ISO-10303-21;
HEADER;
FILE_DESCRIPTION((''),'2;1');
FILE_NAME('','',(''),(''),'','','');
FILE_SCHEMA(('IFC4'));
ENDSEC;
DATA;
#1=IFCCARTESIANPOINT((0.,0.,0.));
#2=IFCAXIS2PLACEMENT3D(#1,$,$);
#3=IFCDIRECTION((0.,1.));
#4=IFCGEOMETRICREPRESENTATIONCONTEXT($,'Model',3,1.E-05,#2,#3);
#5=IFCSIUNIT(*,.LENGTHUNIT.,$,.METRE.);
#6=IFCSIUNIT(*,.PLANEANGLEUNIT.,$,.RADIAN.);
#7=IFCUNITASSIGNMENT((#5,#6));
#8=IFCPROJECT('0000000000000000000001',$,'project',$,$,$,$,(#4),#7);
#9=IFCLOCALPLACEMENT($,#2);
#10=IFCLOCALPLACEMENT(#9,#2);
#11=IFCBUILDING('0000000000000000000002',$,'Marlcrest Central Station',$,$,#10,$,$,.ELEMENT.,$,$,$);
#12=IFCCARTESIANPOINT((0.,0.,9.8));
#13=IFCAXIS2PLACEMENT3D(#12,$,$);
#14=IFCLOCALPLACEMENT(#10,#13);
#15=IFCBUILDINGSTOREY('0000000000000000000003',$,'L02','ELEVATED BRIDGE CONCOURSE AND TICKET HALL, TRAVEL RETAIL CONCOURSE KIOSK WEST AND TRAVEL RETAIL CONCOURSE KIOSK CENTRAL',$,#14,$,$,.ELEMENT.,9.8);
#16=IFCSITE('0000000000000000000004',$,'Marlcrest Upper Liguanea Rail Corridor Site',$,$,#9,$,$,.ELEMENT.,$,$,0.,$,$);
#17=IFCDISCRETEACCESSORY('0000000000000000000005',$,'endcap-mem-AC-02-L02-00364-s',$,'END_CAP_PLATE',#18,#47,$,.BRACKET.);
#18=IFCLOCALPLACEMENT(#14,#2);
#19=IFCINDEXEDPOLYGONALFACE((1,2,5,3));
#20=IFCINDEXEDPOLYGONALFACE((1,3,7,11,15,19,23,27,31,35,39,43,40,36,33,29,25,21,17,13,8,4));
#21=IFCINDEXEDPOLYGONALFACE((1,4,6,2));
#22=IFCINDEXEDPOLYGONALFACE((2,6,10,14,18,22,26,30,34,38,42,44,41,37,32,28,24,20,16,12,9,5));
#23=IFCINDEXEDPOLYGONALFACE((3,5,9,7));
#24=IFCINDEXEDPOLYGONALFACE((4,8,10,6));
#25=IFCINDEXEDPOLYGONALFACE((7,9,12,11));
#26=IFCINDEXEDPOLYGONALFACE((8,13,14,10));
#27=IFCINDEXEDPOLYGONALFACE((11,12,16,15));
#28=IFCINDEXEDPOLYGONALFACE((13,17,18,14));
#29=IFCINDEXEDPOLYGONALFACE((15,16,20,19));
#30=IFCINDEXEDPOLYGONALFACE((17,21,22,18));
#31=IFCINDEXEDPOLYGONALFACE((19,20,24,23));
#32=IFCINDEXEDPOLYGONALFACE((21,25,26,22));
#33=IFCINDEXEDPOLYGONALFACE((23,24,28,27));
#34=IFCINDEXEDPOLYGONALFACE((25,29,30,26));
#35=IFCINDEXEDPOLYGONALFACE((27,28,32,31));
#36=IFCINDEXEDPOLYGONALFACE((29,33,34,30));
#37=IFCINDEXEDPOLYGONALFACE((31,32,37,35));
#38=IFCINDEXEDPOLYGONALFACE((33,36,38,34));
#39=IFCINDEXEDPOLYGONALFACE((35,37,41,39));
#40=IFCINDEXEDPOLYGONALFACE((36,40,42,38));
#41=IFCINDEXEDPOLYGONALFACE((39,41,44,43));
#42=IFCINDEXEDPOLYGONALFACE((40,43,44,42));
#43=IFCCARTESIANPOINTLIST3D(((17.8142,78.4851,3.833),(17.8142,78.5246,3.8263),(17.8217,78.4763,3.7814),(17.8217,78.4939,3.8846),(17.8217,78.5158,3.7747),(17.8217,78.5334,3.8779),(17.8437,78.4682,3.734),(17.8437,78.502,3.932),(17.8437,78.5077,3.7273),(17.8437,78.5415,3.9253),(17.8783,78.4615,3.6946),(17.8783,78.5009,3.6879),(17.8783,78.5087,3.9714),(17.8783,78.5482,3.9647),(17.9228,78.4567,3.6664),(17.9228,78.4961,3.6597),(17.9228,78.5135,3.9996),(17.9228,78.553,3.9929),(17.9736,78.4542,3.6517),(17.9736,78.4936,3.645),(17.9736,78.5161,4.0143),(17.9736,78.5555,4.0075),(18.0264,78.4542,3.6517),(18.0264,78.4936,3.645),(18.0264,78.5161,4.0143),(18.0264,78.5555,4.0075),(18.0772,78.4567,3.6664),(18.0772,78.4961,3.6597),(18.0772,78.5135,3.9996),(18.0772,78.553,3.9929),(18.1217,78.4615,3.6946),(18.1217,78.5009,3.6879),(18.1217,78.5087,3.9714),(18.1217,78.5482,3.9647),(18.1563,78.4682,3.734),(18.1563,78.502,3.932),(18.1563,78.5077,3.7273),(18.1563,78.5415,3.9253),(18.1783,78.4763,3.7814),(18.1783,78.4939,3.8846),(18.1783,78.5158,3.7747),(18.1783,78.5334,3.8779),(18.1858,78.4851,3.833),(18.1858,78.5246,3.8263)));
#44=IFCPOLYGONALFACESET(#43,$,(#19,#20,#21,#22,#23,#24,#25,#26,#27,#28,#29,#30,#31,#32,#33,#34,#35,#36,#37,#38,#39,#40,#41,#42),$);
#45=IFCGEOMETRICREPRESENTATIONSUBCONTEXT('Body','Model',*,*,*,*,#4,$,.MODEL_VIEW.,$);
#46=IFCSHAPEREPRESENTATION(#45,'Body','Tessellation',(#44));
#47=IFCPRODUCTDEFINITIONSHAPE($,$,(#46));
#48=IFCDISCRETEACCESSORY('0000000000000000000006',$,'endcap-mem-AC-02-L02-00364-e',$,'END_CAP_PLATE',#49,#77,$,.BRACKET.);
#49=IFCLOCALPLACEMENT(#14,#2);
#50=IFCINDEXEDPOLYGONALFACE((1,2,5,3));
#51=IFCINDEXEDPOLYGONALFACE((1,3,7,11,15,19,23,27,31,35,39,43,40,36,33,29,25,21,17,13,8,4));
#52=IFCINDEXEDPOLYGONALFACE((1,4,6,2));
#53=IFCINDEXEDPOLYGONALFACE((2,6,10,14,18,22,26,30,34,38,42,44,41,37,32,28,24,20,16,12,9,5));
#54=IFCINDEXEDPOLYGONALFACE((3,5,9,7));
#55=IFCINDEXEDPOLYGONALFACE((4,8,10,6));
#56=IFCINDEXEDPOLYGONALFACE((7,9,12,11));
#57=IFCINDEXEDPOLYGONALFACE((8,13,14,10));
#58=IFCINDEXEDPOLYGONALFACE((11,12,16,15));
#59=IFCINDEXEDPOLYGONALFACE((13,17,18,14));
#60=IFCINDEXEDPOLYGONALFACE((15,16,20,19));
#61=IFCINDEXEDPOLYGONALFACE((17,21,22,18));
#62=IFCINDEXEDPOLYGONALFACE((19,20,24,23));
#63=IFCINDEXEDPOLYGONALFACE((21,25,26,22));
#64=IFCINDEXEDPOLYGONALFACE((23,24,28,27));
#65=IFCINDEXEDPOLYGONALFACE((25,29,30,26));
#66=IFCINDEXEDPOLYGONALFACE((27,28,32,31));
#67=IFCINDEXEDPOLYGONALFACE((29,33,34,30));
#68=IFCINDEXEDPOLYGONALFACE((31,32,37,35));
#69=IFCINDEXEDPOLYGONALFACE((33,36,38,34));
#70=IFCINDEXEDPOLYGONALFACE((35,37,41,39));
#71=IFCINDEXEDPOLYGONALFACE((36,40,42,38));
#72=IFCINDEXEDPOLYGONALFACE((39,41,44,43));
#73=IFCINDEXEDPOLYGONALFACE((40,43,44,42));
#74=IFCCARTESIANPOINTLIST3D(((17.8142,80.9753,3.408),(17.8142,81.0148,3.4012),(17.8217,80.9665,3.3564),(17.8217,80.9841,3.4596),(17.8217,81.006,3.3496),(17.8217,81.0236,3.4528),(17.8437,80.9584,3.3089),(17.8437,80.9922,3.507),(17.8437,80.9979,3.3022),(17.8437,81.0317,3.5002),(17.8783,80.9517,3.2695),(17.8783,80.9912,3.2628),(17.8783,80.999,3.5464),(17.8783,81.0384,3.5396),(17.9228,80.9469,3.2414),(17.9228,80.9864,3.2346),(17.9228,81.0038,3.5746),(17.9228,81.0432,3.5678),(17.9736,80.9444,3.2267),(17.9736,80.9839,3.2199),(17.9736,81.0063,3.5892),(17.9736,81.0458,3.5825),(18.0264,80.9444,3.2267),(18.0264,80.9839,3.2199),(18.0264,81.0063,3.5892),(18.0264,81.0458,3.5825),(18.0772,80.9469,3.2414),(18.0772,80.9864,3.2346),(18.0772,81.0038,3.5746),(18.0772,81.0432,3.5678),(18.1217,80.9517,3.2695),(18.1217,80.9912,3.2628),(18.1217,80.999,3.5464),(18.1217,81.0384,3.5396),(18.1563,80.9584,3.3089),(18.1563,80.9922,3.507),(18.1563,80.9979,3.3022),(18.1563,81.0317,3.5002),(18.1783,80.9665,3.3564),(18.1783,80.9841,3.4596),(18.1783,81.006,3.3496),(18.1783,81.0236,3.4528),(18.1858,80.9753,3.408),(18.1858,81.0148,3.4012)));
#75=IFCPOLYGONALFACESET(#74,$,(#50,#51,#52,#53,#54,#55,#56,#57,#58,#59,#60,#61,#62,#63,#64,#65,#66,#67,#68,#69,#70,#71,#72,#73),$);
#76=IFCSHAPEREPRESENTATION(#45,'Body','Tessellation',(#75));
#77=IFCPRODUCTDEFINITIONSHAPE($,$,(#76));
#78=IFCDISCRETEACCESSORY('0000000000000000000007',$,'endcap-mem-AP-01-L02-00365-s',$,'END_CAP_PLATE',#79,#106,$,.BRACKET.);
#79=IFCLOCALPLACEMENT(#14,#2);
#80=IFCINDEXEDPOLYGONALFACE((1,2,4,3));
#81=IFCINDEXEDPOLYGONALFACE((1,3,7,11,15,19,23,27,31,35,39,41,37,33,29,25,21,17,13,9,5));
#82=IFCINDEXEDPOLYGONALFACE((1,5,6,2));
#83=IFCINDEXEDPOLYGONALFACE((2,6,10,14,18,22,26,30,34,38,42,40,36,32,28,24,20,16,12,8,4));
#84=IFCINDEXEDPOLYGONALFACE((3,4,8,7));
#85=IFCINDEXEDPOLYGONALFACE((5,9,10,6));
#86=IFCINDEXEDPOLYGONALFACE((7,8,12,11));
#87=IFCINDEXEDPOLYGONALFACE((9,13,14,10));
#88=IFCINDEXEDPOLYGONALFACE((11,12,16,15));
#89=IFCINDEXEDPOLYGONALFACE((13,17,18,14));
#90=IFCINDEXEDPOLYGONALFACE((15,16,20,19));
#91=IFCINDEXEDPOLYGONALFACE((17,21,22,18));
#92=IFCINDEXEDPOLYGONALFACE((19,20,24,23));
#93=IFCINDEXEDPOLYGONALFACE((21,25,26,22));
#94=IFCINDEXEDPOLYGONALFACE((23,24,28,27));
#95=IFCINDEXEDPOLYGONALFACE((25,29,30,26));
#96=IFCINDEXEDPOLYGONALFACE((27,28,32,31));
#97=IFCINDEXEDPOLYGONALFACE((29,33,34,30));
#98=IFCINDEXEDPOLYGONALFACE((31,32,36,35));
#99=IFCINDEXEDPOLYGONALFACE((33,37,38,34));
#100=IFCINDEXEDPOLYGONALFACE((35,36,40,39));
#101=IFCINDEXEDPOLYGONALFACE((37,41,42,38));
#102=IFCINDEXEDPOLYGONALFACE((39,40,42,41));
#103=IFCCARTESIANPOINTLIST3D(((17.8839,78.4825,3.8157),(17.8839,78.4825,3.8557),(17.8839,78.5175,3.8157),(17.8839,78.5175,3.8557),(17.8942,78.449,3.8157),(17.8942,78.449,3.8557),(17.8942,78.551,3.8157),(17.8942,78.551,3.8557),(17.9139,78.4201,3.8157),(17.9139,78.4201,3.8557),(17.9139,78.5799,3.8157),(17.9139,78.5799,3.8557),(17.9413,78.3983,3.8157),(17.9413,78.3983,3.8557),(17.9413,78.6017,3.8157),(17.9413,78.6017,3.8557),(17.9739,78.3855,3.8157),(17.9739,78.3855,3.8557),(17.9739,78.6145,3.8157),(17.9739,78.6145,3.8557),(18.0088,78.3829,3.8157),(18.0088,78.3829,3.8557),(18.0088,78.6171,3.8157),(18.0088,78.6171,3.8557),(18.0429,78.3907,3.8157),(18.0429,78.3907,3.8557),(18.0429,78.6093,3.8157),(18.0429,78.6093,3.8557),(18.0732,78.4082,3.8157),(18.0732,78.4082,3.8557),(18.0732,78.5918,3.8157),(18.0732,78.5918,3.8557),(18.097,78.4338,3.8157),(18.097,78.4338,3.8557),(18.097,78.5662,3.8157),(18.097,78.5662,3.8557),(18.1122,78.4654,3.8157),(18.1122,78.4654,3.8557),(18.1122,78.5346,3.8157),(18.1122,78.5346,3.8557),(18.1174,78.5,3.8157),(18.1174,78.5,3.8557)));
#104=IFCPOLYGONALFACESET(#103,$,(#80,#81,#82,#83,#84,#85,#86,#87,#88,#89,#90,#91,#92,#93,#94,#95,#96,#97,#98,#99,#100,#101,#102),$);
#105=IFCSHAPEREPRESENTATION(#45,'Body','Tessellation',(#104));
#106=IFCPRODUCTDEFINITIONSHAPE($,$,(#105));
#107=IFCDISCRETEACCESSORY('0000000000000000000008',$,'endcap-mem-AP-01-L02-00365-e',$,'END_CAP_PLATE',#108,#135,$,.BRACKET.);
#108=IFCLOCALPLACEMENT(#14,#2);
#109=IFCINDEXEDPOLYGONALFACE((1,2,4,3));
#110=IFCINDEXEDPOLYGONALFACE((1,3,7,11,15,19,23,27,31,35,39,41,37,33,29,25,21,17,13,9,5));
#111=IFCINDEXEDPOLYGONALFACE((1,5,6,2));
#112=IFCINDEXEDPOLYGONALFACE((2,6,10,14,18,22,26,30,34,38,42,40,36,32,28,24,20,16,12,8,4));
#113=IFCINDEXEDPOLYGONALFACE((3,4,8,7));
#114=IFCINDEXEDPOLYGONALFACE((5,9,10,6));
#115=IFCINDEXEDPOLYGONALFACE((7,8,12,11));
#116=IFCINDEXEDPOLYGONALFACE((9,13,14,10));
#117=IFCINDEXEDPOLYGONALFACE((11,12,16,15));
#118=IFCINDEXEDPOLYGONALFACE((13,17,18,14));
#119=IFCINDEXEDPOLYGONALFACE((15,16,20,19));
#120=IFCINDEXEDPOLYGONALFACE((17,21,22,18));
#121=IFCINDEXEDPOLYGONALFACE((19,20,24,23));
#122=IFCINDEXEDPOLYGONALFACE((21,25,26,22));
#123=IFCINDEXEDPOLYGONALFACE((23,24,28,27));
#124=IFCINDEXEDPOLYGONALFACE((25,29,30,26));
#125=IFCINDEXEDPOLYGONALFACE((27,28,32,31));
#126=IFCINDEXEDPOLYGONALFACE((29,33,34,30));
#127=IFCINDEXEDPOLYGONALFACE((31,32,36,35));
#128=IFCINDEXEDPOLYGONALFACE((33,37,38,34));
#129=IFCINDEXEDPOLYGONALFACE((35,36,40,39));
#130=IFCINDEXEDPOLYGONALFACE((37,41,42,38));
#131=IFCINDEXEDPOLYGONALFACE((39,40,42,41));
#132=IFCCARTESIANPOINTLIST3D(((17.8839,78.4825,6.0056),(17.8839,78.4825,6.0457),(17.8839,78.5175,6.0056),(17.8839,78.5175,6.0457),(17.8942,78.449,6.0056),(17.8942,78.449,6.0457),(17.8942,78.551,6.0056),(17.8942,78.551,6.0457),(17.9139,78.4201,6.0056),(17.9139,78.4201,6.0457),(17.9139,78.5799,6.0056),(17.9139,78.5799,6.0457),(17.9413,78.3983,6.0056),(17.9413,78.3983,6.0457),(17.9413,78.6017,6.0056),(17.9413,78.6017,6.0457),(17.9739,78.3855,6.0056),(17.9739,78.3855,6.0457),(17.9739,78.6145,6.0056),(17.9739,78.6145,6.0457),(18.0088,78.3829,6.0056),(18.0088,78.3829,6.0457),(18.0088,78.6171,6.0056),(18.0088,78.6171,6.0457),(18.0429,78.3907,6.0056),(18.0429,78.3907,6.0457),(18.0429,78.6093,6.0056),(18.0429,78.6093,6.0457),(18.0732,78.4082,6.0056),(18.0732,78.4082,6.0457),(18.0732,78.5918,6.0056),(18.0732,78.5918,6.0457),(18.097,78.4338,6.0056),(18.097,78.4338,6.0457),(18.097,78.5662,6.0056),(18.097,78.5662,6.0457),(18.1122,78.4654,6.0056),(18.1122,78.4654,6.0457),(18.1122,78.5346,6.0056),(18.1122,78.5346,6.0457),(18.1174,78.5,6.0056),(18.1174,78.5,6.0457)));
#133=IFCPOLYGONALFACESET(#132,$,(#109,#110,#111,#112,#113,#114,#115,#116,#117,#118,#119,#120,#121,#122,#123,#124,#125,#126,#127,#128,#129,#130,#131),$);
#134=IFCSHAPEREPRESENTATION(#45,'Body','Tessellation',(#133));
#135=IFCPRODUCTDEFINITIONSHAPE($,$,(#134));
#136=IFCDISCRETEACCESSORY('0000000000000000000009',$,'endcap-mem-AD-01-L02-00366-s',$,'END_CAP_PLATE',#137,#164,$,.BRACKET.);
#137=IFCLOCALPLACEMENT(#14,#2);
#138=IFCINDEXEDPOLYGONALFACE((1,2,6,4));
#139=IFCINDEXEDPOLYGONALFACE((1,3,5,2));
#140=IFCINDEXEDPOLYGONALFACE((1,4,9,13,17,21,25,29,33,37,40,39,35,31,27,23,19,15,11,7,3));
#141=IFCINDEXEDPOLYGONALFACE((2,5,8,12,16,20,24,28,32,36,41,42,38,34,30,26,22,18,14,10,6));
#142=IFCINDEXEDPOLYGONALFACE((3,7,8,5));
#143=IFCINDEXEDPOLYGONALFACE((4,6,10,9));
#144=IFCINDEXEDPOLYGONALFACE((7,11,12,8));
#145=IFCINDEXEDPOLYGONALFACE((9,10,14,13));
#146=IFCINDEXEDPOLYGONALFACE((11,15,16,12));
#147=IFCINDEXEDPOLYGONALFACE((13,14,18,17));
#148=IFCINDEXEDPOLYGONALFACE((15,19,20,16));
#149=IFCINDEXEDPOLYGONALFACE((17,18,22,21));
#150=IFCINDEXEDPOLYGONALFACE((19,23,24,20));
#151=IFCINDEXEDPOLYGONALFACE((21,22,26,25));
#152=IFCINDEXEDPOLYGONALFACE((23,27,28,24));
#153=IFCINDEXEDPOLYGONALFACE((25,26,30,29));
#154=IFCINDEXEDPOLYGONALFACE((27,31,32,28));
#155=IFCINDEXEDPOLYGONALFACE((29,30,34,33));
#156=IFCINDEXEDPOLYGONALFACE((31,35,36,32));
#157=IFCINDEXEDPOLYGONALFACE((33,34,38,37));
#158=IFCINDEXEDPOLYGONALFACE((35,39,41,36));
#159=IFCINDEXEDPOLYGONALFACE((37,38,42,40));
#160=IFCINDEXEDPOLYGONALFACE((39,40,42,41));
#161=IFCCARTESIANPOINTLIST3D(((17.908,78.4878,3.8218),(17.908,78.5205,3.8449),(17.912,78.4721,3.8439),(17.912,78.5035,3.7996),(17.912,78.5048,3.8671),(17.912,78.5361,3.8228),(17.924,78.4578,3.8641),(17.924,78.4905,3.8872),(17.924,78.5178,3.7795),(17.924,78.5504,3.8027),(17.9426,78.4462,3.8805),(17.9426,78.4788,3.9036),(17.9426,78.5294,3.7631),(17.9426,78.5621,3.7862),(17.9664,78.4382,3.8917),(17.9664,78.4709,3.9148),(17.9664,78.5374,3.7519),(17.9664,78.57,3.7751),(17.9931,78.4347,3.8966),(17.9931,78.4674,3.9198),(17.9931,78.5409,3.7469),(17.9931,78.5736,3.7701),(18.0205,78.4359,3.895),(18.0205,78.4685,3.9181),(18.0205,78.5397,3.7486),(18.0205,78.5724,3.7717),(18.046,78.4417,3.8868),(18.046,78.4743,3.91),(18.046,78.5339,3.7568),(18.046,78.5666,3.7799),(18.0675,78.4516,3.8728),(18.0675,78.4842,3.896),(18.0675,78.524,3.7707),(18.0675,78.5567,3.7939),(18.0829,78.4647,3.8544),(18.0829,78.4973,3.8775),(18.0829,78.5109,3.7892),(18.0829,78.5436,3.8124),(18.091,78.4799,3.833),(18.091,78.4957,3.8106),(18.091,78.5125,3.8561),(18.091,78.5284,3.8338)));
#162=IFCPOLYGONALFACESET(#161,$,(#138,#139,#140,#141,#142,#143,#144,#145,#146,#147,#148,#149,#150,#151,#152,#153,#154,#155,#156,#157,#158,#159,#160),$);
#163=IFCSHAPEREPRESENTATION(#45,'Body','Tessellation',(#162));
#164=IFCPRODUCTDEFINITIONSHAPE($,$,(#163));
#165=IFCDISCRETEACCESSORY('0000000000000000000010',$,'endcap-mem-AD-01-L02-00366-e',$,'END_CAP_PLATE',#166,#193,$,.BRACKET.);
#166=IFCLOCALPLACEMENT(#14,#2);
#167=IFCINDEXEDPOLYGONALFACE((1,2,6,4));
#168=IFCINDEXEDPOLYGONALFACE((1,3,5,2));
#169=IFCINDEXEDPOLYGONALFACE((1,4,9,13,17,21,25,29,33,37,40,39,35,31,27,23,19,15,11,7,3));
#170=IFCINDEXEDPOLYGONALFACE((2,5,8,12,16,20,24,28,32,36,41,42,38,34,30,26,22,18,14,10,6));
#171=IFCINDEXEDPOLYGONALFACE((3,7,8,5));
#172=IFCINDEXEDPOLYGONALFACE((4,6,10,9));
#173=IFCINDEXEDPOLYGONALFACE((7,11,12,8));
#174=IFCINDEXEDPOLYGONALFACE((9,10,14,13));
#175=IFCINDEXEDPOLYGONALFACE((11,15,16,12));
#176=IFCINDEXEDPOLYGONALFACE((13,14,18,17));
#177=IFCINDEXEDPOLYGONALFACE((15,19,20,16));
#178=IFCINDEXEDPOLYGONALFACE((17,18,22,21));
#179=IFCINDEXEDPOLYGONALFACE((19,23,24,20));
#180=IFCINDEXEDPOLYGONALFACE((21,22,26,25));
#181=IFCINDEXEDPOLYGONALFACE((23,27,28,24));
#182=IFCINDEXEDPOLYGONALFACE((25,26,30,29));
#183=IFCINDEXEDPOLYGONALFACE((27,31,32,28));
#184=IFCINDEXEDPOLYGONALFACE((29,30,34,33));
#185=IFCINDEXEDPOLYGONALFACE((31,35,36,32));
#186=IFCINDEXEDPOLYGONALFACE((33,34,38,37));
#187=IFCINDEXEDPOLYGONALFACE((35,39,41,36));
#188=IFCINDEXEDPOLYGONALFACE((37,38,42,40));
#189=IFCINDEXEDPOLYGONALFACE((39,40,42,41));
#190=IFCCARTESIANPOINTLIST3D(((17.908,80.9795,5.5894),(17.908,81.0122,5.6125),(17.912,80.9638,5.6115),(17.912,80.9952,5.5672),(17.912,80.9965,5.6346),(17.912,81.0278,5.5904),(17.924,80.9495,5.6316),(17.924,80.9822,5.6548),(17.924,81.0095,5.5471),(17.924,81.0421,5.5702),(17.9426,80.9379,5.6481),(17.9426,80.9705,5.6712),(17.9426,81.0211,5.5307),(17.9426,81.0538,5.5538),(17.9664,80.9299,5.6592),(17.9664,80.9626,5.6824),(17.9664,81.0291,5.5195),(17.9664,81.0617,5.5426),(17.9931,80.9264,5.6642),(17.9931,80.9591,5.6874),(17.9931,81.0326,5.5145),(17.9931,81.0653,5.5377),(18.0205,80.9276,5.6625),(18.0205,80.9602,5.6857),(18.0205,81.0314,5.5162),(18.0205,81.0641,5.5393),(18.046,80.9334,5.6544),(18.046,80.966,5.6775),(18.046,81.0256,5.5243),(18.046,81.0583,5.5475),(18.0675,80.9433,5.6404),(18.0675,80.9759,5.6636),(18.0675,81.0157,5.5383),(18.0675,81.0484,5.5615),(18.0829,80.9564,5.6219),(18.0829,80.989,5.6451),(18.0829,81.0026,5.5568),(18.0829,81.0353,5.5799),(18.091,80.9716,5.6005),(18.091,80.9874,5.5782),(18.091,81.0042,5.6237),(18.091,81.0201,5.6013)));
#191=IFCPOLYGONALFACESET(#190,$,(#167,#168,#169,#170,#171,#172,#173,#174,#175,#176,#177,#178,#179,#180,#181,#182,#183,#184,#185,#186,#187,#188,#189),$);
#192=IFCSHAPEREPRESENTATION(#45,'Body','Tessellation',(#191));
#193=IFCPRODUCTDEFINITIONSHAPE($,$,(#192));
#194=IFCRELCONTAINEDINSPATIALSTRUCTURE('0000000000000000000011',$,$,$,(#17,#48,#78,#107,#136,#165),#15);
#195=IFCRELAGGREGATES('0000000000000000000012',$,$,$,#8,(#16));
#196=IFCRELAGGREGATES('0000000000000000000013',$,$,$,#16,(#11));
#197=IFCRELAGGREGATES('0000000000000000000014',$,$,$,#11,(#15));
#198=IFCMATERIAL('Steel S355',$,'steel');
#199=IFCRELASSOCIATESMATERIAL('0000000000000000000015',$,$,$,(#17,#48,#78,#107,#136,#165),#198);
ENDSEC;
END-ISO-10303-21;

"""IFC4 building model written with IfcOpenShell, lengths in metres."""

from ifc_helpers import new_model, si_unit, direction, frame, origin, origin_2d, place, context, subcontext, project, spatial, circle, extrude, material, element, save


model = new_model("IFC4")

# Units and contexts
model_context = context("Model", 3, precision=1e-05, world=origin(), true_north=direction((0.0, 1.0)))
body_context = subcontext(model_context, "Body", "Model", "MODEL_VIEW")
ifc_project = project(units=[si_unit("LENGTHUNIT", "METRE"), si_unit("PLANEANGLEUNIT", "RADIAN")], contexts=[model_context])

# Site, building, storey
site_placement = place(None, origin())
site = spatial("IfcSite", under=ifc_project, at=site_placement, Name="Marlcrest Upper Liguanea Rail Corridor Site", CompositionType="ELEMENT", RefElevation=0.0)
building_placement = place(site_placement, origin())
building = spatial("IfcBuilding", under=site, at=building_placement, Name="Marlcrest Central Station", CompositionType="ELEMENT")
storey_placement = place(building_placement, frame((0.0, 0.0, 9.8)))
storey = spatial("IfcBuildingStorey", under=building, at=storey_placement, Name="L02", Description="ELEVATED BRIDGE CONCOURSE AND TICKET HALL, TRAVEL RETAIL CONCOURSE KIOSK WEST AND TRAVEL RETAIL CONCOURSE KIOSK CENTRAL", CompositionType="ELEMENT", Elevation=9.8)

# Shared definitions
ifc_material_1 = material(Name="Steel S355", Category="steel")

# Discrete accessories
for number, where, z_axis, x_axis, name in (
    (1, (18.0, 78.4851, 3.833), (0.0, 0.985741, -0.168269), (-1.0, 0.0, 0.0), "endcap-mem-AC-02-L02-00364-s"),
    (2, (18.0, 80.9753, 3.408), (0.0, 0.985741, -0.168269), (-1.0, 0.0, 0.0), "endcap-mem-AC-02-L02-00364-e"),
):
    element("IfcDiscreteAccessory", number, at=place(storey_placement, frame(where, z_axis=z_axis, x_axis=x_axis)), inside=storey, material=ifc_material_1, Name=name, ObjectType="END_CAP_PLATE", PredefinedType="BRACKET", context=body_context, shape_type="SweptSolid", body=[
        extrude(circle(Radius=0.1858, at=origin_2d()), origin(), (0.0, 0.0, 1.0), 0.04),
    ])
for number, where, z_axis, x_axis, name in (
    (3, (18.0, 78.5, 3.8157), (0.0, 0.0, 1.0), (1.0, 0.0, 0.0), "endcap-mem-AP-01-L02-00365-s"),
    (4, (18.0, 78.5, 6.0056), (0.0, 0.0, 1.0), (1.0, 0.0, 0.0), "endcap-mem-AP-01-L02-00365-e"),
):
    element("IfcDiscreteAccessory", number, at=place(storey_placement, frame(where, z_axis=z_axis, x_axis=x_axis)), inside=storey, material=ifc_material_1, Name=name, ObjectType="END_CAP_PLATE", PredefinedType="BRACKET", context=body_context, shape_type="SweptSolid", body=[
        extrude(circle(Radius=0.1174, at=origin_2d()), origin(), (0.0, 0.0, 1.0), 0.04),
    ])
for number, where, z_axis, x_axis, name in (
    (5, (18.0, 78.4878, 3.8218), (0.0, 0.815661, 0.57853), (-1.0, 0.0, 0.0), "endcap-mem-AD-01-L02-00366-s"),
    (6, (18.0, 80.9795, 5.5894), (0.0, 0.815661, 0.57853), (-1.0, 0.0, 0.0), "endcap-mem-AD-01-L02-00366-e"),
):
    element("IfcDiscreteAccessory", number, at=place(storey_placement, frame(where, z_axis=z_axis, x_axis=x_axis)), inside=storey, material=ifc_material_1, Name=name, ObjectType="END_CAP_PLATE", PredefinedType="BRACKET", context=body_context, shape_type="SweptSolid", body=[
        extrude(circle(Radius=0.092, at=origin_2d()), origin(), (0.0, 0.0, 1.0), 0.04),
    ])

save(model, "model.ifc")
